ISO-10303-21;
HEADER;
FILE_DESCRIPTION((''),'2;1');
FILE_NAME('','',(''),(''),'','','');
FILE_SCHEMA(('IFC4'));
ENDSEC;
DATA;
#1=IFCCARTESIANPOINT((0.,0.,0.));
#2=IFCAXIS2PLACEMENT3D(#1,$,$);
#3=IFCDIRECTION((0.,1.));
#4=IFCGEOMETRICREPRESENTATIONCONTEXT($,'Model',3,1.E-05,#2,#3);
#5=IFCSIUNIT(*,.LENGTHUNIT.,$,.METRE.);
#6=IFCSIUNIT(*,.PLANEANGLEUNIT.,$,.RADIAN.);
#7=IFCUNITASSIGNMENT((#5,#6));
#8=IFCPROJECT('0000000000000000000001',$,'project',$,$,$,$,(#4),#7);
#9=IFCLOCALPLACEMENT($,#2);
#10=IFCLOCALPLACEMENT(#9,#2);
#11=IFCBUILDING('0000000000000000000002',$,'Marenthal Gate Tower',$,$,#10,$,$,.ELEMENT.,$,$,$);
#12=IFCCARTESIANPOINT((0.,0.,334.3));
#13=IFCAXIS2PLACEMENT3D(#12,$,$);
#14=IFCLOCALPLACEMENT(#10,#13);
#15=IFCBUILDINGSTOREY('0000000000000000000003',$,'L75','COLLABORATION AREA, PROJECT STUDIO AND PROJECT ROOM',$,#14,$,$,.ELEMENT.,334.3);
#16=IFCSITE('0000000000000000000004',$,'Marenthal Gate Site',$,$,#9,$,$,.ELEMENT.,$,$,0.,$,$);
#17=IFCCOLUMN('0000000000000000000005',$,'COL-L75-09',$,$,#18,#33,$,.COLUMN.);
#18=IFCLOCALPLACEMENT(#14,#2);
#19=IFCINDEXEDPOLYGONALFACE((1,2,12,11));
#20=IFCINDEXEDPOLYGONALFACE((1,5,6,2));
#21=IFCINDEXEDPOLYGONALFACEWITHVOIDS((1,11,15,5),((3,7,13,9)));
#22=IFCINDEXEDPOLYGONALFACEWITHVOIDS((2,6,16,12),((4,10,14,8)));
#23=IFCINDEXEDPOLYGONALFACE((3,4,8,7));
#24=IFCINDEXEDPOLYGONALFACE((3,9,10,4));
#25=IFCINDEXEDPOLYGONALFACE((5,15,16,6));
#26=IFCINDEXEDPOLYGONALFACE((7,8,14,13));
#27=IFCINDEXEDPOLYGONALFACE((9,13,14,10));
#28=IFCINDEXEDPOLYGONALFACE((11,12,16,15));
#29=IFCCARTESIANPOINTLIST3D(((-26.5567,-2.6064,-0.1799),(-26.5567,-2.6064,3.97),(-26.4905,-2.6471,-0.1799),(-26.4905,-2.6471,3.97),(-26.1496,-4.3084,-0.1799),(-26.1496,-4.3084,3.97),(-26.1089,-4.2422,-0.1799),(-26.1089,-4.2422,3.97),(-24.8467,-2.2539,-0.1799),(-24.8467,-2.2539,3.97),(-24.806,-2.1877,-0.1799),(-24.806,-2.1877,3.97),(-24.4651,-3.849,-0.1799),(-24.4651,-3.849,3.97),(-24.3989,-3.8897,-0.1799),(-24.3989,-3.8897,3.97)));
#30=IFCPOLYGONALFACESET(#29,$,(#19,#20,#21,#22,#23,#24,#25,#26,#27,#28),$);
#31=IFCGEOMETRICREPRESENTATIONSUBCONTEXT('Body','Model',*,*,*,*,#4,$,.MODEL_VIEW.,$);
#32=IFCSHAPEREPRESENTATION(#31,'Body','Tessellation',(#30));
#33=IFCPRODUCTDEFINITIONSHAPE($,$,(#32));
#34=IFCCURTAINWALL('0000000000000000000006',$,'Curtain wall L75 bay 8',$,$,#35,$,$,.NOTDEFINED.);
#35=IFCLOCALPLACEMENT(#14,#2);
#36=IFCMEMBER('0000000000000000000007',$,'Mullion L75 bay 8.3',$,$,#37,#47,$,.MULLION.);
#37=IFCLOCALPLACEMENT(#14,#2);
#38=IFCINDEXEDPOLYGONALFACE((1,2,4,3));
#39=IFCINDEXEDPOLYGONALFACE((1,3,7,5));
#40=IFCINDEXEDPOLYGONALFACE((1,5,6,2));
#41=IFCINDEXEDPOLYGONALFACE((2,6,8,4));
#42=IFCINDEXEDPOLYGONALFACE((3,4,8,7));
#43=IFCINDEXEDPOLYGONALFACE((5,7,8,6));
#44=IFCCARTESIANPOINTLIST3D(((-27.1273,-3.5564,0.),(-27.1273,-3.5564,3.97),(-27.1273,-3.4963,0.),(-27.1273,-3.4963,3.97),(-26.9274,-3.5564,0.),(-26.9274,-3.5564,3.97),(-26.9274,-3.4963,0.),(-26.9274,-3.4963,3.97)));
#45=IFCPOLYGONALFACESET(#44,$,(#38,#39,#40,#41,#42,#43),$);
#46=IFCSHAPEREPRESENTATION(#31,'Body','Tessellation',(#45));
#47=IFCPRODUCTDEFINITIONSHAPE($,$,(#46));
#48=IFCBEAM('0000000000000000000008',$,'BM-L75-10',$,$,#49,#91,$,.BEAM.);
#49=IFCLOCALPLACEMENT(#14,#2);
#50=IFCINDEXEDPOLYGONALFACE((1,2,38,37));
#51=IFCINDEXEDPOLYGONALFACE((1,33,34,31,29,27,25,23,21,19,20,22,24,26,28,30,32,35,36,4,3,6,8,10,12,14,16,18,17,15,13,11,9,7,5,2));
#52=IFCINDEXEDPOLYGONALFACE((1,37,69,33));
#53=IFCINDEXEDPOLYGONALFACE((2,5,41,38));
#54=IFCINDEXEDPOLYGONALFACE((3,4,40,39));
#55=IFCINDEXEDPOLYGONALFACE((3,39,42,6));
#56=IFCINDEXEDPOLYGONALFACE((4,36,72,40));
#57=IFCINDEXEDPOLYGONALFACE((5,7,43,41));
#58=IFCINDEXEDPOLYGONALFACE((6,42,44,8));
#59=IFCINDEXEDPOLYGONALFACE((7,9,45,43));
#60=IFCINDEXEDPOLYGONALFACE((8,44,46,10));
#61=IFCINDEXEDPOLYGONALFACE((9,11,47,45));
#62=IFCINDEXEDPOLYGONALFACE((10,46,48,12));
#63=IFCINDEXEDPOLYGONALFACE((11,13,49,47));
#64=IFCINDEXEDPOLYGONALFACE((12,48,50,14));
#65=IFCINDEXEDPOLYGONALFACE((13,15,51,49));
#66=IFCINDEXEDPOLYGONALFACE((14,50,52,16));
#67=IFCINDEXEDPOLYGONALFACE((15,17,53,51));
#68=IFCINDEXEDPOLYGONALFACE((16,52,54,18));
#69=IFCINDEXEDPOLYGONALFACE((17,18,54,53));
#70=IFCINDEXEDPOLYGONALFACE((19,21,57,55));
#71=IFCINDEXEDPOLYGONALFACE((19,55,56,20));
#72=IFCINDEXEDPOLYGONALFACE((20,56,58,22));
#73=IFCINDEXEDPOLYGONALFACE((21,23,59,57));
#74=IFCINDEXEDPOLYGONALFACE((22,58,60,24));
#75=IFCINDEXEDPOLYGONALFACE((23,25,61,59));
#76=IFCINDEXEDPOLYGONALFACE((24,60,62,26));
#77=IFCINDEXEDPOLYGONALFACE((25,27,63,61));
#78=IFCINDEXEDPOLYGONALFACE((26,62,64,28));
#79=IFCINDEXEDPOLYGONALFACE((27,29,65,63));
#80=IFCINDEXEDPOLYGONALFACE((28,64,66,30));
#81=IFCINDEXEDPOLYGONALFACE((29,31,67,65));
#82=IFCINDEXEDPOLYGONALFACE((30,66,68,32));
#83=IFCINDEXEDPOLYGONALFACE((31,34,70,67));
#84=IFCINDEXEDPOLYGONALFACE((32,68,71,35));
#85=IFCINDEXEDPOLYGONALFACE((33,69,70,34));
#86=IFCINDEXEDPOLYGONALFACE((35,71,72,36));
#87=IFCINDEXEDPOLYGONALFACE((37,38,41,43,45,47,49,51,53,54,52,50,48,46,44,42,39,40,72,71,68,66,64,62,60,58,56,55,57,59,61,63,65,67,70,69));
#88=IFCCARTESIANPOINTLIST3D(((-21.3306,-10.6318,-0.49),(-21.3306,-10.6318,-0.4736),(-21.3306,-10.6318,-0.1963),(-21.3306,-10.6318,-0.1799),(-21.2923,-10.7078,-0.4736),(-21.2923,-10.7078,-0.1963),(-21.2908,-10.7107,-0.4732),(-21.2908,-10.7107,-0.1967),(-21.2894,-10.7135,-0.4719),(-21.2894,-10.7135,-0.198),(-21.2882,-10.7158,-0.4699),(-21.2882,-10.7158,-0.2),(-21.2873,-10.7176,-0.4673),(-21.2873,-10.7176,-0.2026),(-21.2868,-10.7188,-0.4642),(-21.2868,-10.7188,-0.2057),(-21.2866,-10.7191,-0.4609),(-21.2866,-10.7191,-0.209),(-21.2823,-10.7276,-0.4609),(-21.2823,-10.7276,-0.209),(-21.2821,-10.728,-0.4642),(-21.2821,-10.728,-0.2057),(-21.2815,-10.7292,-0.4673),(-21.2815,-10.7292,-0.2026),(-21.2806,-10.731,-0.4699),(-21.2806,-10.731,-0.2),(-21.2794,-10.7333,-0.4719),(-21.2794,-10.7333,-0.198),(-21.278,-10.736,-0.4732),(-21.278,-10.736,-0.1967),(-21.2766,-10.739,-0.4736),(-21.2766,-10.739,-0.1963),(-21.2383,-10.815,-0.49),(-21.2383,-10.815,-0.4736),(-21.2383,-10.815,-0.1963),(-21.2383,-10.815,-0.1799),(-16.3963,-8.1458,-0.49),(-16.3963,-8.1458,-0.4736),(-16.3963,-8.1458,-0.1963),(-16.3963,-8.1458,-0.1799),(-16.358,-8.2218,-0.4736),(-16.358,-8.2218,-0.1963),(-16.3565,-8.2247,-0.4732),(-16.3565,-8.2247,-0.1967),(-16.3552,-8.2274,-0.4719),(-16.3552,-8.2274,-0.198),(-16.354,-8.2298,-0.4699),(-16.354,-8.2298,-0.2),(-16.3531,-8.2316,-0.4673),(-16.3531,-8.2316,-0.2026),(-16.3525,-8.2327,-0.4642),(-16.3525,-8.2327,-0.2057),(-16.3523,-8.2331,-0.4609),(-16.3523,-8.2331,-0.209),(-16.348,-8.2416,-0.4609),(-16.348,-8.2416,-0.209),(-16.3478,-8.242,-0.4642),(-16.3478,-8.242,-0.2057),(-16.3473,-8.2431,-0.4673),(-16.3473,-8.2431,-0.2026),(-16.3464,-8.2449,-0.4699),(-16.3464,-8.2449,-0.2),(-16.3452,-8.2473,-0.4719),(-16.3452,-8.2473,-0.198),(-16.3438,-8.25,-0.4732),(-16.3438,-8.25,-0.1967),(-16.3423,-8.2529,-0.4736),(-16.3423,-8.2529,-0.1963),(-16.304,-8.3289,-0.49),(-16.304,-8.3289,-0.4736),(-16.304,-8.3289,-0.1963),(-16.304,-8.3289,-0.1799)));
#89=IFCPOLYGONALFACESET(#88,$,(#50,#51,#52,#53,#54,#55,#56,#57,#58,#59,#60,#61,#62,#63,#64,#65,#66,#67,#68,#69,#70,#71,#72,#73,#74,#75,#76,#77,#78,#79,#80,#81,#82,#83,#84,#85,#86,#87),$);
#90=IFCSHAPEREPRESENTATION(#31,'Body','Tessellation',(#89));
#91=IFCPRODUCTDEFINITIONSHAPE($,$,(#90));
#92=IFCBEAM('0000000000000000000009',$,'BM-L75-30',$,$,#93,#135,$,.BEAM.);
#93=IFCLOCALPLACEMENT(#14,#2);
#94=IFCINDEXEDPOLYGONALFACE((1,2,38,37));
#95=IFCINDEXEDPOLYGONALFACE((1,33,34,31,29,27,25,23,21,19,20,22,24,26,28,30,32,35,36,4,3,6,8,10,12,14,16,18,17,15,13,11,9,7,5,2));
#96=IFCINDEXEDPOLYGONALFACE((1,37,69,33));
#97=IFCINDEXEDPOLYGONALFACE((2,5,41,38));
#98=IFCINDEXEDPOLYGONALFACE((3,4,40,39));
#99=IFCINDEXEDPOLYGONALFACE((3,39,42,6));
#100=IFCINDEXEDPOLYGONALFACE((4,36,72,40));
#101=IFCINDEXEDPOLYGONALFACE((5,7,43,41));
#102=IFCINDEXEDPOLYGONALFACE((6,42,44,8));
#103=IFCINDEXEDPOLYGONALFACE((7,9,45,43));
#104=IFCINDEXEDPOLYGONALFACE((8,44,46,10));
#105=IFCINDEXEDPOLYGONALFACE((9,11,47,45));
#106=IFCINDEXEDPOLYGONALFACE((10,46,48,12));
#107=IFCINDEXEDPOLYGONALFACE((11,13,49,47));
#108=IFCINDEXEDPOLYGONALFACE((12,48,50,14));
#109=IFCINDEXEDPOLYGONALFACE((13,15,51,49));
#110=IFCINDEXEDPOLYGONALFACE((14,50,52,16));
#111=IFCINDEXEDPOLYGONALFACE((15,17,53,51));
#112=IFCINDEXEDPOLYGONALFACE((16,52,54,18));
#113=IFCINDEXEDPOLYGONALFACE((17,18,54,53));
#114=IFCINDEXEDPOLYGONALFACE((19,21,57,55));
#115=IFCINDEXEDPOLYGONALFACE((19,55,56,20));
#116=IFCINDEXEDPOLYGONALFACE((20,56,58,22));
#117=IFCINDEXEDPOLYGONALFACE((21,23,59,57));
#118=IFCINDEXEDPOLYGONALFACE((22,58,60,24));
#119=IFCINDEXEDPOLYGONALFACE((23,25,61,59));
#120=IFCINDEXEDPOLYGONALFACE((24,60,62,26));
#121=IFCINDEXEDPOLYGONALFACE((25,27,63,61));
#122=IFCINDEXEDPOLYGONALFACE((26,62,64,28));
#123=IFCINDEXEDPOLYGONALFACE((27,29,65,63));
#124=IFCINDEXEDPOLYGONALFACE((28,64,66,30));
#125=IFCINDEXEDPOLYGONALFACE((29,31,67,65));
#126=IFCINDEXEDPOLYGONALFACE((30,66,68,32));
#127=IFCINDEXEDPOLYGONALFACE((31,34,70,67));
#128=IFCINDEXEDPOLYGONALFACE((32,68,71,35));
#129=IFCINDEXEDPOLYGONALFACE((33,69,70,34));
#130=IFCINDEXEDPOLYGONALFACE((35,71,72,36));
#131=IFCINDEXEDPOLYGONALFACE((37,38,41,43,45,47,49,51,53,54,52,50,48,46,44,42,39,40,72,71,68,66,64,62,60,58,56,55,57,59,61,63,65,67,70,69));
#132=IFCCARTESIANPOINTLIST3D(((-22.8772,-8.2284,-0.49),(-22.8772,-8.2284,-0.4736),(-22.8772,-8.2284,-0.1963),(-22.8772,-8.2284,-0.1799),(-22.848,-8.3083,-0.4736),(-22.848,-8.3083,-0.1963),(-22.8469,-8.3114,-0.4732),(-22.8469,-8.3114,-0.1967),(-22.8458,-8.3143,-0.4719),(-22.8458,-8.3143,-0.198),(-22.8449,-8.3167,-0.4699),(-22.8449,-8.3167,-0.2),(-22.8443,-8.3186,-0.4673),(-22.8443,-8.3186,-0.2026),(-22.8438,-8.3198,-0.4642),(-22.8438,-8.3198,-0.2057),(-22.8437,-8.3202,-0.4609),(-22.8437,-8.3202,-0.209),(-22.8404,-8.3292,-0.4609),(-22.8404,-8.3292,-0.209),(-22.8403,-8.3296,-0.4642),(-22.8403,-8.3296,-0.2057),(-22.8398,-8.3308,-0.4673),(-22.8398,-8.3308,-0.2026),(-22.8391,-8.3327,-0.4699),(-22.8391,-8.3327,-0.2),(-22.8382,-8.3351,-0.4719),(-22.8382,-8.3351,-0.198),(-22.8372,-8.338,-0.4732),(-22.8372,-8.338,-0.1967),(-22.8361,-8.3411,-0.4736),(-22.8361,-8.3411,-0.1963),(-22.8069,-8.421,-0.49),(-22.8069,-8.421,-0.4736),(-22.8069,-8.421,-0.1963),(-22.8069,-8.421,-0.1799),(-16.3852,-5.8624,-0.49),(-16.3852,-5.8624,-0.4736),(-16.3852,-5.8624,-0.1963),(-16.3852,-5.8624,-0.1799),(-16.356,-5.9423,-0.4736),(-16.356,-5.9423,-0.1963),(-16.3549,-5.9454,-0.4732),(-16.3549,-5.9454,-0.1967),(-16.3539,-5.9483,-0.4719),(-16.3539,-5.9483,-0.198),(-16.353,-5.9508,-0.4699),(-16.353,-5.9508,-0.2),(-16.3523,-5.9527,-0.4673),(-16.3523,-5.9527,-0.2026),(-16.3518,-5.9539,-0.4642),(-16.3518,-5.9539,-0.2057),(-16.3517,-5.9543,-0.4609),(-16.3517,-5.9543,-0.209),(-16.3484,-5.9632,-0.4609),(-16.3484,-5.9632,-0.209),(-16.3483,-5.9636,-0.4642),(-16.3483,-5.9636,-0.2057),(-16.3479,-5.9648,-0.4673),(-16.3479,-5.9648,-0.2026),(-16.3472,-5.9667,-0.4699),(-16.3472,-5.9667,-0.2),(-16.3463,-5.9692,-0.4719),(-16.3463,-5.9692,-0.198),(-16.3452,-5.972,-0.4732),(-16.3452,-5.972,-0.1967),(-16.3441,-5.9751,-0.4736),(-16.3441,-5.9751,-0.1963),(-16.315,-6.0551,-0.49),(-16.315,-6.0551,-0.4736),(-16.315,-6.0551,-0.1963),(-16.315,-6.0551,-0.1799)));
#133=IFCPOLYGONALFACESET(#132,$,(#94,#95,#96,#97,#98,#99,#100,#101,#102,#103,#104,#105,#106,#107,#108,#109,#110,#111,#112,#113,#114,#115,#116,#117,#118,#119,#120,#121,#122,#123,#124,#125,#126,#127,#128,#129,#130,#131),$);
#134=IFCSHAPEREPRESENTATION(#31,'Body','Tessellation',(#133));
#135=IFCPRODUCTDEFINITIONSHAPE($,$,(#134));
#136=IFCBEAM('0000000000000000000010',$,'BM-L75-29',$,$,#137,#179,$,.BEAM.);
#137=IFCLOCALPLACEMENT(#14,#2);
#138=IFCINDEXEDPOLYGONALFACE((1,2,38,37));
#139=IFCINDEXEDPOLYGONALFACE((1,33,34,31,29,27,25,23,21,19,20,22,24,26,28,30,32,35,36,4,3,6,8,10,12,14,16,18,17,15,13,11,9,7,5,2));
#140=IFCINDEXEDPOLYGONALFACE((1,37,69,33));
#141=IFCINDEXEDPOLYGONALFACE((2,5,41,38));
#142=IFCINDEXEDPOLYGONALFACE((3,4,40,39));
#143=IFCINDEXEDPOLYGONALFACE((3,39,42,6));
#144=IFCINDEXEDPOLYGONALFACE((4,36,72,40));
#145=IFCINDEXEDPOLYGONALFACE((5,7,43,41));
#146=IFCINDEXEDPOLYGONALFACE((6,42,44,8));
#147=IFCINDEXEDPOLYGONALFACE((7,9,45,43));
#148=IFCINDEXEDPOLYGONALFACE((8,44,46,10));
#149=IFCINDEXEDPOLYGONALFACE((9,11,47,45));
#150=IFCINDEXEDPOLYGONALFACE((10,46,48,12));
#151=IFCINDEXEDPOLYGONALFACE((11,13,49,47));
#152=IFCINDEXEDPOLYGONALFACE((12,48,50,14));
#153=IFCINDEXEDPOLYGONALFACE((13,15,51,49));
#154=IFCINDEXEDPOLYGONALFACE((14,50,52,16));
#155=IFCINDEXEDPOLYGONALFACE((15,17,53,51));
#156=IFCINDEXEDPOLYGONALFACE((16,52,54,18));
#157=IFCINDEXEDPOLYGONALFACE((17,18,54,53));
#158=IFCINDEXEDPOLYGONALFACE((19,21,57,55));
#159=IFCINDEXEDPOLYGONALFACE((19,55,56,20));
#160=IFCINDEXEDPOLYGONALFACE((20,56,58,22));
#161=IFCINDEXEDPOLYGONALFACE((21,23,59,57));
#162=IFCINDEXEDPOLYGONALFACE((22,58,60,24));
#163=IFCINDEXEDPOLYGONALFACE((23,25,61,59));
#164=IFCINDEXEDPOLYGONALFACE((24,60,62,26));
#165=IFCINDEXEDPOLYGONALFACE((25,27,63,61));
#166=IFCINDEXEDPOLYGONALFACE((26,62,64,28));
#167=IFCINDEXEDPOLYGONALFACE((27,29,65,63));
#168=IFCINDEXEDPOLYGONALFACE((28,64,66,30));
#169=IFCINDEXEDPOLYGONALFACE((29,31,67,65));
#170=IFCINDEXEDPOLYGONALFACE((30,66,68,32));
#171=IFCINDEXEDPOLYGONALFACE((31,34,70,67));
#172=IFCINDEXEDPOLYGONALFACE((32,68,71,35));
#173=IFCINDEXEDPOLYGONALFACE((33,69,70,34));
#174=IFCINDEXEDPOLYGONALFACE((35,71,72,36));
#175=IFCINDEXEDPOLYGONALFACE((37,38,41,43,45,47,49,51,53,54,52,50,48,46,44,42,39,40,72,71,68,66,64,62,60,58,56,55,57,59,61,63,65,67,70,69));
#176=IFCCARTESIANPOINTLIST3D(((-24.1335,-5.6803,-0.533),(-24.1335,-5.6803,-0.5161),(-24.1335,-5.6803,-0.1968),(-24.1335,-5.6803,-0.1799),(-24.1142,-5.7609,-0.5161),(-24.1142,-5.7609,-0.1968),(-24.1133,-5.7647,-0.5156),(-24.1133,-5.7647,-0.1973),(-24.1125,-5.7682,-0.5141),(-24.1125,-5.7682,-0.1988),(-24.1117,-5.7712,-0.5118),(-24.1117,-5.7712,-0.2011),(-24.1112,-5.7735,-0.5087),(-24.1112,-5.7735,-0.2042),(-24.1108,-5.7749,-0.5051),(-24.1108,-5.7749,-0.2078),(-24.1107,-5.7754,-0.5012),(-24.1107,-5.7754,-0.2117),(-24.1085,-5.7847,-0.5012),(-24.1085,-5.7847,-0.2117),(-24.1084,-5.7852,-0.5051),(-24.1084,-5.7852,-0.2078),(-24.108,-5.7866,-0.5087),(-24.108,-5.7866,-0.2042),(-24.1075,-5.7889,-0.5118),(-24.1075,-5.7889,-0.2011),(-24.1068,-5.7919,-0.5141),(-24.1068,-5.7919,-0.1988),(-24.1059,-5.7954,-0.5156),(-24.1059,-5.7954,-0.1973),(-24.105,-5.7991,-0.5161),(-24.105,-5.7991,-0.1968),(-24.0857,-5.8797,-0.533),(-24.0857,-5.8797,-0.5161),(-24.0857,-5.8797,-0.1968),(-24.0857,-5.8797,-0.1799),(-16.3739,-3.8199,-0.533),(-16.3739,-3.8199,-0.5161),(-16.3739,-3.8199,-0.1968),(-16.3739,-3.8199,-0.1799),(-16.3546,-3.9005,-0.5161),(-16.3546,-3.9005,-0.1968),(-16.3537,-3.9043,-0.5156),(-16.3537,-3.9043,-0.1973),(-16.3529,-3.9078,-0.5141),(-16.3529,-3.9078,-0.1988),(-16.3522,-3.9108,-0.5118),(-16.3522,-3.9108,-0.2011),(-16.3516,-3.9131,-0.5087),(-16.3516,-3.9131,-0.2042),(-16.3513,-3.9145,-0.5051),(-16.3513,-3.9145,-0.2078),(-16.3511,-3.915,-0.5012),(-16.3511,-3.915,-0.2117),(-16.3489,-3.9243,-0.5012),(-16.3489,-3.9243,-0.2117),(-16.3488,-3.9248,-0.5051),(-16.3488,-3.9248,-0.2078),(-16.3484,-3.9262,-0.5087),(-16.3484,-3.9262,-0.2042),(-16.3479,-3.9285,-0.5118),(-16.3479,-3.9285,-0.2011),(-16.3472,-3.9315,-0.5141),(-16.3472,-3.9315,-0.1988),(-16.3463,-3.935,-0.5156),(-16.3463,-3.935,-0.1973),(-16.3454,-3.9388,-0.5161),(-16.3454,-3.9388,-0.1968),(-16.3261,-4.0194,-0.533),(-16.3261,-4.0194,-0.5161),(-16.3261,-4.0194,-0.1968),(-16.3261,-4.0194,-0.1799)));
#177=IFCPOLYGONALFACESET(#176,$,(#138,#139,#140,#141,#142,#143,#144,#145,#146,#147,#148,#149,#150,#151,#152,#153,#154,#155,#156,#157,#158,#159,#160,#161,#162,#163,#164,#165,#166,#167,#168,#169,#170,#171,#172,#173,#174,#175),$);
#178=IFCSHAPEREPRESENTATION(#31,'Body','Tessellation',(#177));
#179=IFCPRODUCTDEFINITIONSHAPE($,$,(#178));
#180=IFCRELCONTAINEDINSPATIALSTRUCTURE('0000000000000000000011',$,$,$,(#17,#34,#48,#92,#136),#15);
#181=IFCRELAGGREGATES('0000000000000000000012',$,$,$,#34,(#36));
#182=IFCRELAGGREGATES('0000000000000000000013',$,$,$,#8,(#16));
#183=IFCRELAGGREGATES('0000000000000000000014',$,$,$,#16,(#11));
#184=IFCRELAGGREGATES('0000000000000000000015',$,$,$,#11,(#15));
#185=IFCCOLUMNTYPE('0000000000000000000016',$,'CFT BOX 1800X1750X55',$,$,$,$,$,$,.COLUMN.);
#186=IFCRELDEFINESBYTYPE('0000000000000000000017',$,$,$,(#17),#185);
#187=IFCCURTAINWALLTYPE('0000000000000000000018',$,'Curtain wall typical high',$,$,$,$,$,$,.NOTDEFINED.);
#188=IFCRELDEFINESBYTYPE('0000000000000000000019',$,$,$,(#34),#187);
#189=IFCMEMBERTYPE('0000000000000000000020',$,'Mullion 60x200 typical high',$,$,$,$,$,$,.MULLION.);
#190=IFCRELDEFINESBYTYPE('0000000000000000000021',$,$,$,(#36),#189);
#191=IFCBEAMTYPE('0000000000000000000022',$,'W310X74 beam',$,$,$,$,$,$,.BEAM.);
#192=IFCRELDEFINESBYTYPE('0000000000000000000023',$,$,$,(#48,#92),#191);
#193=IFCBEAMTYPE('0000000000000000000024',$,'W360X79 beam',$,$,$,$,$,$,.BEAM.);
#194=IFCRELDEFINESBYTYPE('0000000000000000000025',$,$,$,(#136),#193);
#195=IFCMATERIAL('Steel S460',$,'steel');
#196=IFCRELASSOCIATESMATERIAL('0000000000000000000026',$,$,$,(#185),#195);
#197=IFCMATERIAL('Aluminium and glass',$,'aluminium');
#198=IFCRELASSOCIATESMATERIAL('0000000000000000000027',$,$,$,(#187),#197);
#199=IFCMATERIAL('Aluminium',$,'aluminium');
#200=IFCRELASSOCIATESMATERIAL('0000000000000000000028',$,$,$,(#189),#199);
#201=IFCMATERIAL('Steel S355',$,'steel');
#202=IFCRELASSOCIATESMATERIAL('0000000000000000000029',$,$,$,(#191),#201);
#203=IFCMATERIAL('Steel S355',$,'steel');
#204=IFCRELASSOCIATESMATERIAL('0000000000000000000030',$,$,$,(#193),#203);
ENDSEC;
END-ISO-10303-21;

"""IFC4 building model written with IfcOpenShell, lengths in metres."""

from ifc_helpers import new_model, si_unit, direction, frame, origin, origin_2d, place, context, subcontext, project, spatial, rectangle, hollow_rectangle, i_section, extrude, material, material_profile, profile_set, type_object, element, aggregate, save


model = new_model("IFC4")

# Units and contexts
model_context = context("Model", 3, precision=1e-05, world=origin(), true_north=direction((0.0, 1.0)))
body_context = subcontext(model_context, "Body", "Model", "MODEL_VIEW")
ifc_project = project(units=[si_unit("LENGTHUNIT", "METRE"), si_unit("PLANEANGLEUNIT", "RADIAN")], contexts=[model_context])

# Site, building, storey
site_placement = place(None, origin())
site = spatial("IfcSite", under=ifc_project, at=site_placement, Name="Marenthal Gate Site", CompositionType="ELEMENT", RefElevation=0.0)
building_placement = place(site_placement, origin())
building = spatial("IfcBuilding", under=site, at=building_placement, Name="Marenthal Gate Tower", CompositionType="ELEMENT")
storey_placement = place(building_placement, frame((0.0, 0.0, 334.3)))
storey = spatial("IfcBuildingStorey", under=building, at=storey_placement, Name="L75", Description="COLLABORATION AREA, PROJECT STUDIO AND PROJECT ROOM", CompositionType="ELEMENT", Elevation=334.3)

# Column
ifc_material_1 = material(Name="Steel S460", Category="steel")
ifc_material_profile_1 = material_profile(ifc_material_1, hollow_rectangle(XDim=1.75, YDim=1.8, WallThickness=0.0549, at=origin_2d()), Name="CFT BOX 1800X1750X55")
ifc_material_2 = material(Name="Concrete 70 MPa", Category="concrete")
ifc_material_profile_2 = material_profile(ifc_material_2, rectangle(XDim=1.6399, YDim=1.6899, at=origin_2d()), Name="CFT BOX 1800X1750X55 INFILL")
ifc_profile_set_1 = profile_set([ifc_material_profile_1, ifc_material_profile_2], Name="Steel S460 shell, Concrete 70 MPa infill")
column_type = type_object("IfcColumnType", Name="CFT BOX 1800X1750X55", PredefinedType="COLUMN", material=ifc_profile_set_1)
column_placement = place(storey_placement, frame((-25.4778, -3.248, -0.1799), z_axis=(0.0, 0.0, 1.0), x_axis=(-0.232643, 0.972562, 0.0)))
element("IfcColumn", 1, at=column_placement, inside=storey, type_object=column_type, Name="COL-L75-09", PredefinedType="COLUMN", context=body_context, shape_type="SweptSolid", body=[
    extrude(hollow_rectangle(XDim=1.75, YDim=1.8, WallThickness=0.0549, at=origin_2d()), origin(), (0.0, 0.0, 1.0), 4.1499),
])

# Curtain wall, member
ifc_material_3 = material(Name="Aluminium and glass", Category="aluminium")
curtain_wall_type = type_object("IfcCurtainWallType", Name="Curtain wall typical high", PredefinedType="NOTDEFINED", material=ifc_material_3)
curtain_wall_placement = place(storey_placement, origin())
curtain_wall = element("IfcCurtainWall", 2, at=curtain_wall_placement, inside=storey, type_object=curtain_wall_type, Name="Curtain wall L75 bay 8", PredefinedType="NOTDEFINED")
ifc_material_4 = material(Name="Aluminium", Category="aluminium")
ifc_material_profile_3 = material_profile(ifc_material_4, rectangle(XDim=0.2, YDim=0.0601, at=origin_2d()), Name="60x200 aluminium mullion")
ifc_profile_set_2 = profile_set([ifc_material_profile_3], Name="Aluminium")
member_type = type_object("IfcMemberType", Name="Mullion 60x200 typical high", PredefinedType="MULLION", material=ifc_profile_set_2)
member_placement = place(storey_placement, frame((-27.0273, -3.5264, 0.0), z_axis=(0.0, 0.0, 1.0), x_axis=(1.0, 0.0, 0.0)))
member = element("IfcMember", 3, at=member_placement, type_object=member_type, Name="Mullion L75 bay 8.3", PredefinedType="MULLION", context=body_context, shape_type="SweptSolid", body=[
    extrude(rectangle(XDim=0.2, YDim=0.0601, at=origin_2d()), origin(), (0.0, 0.0, 1.0), 3.97),
])

# Beams
ifc_material_5 = material(Name="Steel S355", Category="steel")
ifc_material_profile_4 = material_profile(ifc_material_5, i_section(OverallWidth=0.2051, OverallDepth=0.3101, WebThickness=0.0095, FlangeThickness=0.0164, FilletRadius=0.0127, at=origin_2d()), Name="W310X74")
ifc_profile_set_3 = profile_set([ifc_material_profile_4], Name="Steel S355")
beam_type_1 = type_object("IfcBeamType", Name="W310X74 beam", PredefinedType="BEAM", material=ifc_profile_set_3)
beam_1_placement = place(storey_placement, frame((-21.2844, -10.7234, -0.335), z_axis=(0.893053, 0.449951, 0.0), x_axis=(-0.449951, 0.893053, 0.0)))
element("IfcBeam", 4, at=beam_1_placement, inside=storey, type_object=beam_type_1, Name="BM-L75-10", PredefinedType="BEAM", context=body_context, shape_type="SweptSolid", body=[
    extrude(i_section(OverallWidth=0.2051, OverallDepth=0.3101, WebThickness=0.0095, FlangeThickness=0.0164, FilletRadius=0.0127, at=origin_2d()), origin(), (0.0, 0.0, 1.0), 5.5251),
])
beam_2_placement = place(storey_placement, frame((-22.842, -8.3247, -0.335), z_axis=(0.939549, 0.342415, 0.0), x_axis=(-0.342415, 0.939549, 0.0)))
element("IfcBeam", 5, at=beam_2_placement, inside=storey, type_object=beam_type_1, Name="BM-L75-30", PredefinedType="BEAM", context=body_context, shape_type="SweptSolid", body=[
    extrude(i_section(OverallWidth=0.2051, OverallDepth=0.3101, WebThickness=0.0095, FlangeThickness=0.0164, FilletRadius=0.0127, at=origin_2d()), origin(), (0.0, 0.0, 1.0), 6.9097),
])
ifc_material_6 = material(Name="Steel S355", Category="steel")
ifc_material_profile_5 = material_profile(ifc_material_6, i_section(OverallWidth=0.2051, OverallDepth=0.353, WebThickness=0.0095, FlangeThickness=0.0168, FilletRadius=0.0149, at=origin_2d()), Name="W360X79")
ifc_profile_set_4 = profile_set([ifc_material_profile_5], Name="Steel S355")
beam_type_2 = type_object("IfcBeamType", Name="W360X79 beam", PredefinedType="BEAM", material=ifc_profile_set_4)
beam_3_placement = place(storey_placement, frame((-24.1096, -5.78, -0.3564), z_axis=(0.972442, 0.233144, 0.0), x_axis=(-0.233144, 0.972442, 0.0)))
element("IfcBeam", 6, at=beam_3_placement, inside=storey, type_object=beam_type_2, Name="BM-L75-29", PredefinedType="BEAM", context=body_context, shape_type="SweptSolid", body=[
    extrude(i_section(OverallWidth=0.2051, OverallDepth=0.353, WebThickness=0.0095, FlangeThickness=0.0168, FilletRadius=0.0149, at=origin_2d()), origin(), (0.0, 0.0, 1.0), 7.9795),
])

aggregate(curtain_wall, [member])

save(model, "model.ifc")
